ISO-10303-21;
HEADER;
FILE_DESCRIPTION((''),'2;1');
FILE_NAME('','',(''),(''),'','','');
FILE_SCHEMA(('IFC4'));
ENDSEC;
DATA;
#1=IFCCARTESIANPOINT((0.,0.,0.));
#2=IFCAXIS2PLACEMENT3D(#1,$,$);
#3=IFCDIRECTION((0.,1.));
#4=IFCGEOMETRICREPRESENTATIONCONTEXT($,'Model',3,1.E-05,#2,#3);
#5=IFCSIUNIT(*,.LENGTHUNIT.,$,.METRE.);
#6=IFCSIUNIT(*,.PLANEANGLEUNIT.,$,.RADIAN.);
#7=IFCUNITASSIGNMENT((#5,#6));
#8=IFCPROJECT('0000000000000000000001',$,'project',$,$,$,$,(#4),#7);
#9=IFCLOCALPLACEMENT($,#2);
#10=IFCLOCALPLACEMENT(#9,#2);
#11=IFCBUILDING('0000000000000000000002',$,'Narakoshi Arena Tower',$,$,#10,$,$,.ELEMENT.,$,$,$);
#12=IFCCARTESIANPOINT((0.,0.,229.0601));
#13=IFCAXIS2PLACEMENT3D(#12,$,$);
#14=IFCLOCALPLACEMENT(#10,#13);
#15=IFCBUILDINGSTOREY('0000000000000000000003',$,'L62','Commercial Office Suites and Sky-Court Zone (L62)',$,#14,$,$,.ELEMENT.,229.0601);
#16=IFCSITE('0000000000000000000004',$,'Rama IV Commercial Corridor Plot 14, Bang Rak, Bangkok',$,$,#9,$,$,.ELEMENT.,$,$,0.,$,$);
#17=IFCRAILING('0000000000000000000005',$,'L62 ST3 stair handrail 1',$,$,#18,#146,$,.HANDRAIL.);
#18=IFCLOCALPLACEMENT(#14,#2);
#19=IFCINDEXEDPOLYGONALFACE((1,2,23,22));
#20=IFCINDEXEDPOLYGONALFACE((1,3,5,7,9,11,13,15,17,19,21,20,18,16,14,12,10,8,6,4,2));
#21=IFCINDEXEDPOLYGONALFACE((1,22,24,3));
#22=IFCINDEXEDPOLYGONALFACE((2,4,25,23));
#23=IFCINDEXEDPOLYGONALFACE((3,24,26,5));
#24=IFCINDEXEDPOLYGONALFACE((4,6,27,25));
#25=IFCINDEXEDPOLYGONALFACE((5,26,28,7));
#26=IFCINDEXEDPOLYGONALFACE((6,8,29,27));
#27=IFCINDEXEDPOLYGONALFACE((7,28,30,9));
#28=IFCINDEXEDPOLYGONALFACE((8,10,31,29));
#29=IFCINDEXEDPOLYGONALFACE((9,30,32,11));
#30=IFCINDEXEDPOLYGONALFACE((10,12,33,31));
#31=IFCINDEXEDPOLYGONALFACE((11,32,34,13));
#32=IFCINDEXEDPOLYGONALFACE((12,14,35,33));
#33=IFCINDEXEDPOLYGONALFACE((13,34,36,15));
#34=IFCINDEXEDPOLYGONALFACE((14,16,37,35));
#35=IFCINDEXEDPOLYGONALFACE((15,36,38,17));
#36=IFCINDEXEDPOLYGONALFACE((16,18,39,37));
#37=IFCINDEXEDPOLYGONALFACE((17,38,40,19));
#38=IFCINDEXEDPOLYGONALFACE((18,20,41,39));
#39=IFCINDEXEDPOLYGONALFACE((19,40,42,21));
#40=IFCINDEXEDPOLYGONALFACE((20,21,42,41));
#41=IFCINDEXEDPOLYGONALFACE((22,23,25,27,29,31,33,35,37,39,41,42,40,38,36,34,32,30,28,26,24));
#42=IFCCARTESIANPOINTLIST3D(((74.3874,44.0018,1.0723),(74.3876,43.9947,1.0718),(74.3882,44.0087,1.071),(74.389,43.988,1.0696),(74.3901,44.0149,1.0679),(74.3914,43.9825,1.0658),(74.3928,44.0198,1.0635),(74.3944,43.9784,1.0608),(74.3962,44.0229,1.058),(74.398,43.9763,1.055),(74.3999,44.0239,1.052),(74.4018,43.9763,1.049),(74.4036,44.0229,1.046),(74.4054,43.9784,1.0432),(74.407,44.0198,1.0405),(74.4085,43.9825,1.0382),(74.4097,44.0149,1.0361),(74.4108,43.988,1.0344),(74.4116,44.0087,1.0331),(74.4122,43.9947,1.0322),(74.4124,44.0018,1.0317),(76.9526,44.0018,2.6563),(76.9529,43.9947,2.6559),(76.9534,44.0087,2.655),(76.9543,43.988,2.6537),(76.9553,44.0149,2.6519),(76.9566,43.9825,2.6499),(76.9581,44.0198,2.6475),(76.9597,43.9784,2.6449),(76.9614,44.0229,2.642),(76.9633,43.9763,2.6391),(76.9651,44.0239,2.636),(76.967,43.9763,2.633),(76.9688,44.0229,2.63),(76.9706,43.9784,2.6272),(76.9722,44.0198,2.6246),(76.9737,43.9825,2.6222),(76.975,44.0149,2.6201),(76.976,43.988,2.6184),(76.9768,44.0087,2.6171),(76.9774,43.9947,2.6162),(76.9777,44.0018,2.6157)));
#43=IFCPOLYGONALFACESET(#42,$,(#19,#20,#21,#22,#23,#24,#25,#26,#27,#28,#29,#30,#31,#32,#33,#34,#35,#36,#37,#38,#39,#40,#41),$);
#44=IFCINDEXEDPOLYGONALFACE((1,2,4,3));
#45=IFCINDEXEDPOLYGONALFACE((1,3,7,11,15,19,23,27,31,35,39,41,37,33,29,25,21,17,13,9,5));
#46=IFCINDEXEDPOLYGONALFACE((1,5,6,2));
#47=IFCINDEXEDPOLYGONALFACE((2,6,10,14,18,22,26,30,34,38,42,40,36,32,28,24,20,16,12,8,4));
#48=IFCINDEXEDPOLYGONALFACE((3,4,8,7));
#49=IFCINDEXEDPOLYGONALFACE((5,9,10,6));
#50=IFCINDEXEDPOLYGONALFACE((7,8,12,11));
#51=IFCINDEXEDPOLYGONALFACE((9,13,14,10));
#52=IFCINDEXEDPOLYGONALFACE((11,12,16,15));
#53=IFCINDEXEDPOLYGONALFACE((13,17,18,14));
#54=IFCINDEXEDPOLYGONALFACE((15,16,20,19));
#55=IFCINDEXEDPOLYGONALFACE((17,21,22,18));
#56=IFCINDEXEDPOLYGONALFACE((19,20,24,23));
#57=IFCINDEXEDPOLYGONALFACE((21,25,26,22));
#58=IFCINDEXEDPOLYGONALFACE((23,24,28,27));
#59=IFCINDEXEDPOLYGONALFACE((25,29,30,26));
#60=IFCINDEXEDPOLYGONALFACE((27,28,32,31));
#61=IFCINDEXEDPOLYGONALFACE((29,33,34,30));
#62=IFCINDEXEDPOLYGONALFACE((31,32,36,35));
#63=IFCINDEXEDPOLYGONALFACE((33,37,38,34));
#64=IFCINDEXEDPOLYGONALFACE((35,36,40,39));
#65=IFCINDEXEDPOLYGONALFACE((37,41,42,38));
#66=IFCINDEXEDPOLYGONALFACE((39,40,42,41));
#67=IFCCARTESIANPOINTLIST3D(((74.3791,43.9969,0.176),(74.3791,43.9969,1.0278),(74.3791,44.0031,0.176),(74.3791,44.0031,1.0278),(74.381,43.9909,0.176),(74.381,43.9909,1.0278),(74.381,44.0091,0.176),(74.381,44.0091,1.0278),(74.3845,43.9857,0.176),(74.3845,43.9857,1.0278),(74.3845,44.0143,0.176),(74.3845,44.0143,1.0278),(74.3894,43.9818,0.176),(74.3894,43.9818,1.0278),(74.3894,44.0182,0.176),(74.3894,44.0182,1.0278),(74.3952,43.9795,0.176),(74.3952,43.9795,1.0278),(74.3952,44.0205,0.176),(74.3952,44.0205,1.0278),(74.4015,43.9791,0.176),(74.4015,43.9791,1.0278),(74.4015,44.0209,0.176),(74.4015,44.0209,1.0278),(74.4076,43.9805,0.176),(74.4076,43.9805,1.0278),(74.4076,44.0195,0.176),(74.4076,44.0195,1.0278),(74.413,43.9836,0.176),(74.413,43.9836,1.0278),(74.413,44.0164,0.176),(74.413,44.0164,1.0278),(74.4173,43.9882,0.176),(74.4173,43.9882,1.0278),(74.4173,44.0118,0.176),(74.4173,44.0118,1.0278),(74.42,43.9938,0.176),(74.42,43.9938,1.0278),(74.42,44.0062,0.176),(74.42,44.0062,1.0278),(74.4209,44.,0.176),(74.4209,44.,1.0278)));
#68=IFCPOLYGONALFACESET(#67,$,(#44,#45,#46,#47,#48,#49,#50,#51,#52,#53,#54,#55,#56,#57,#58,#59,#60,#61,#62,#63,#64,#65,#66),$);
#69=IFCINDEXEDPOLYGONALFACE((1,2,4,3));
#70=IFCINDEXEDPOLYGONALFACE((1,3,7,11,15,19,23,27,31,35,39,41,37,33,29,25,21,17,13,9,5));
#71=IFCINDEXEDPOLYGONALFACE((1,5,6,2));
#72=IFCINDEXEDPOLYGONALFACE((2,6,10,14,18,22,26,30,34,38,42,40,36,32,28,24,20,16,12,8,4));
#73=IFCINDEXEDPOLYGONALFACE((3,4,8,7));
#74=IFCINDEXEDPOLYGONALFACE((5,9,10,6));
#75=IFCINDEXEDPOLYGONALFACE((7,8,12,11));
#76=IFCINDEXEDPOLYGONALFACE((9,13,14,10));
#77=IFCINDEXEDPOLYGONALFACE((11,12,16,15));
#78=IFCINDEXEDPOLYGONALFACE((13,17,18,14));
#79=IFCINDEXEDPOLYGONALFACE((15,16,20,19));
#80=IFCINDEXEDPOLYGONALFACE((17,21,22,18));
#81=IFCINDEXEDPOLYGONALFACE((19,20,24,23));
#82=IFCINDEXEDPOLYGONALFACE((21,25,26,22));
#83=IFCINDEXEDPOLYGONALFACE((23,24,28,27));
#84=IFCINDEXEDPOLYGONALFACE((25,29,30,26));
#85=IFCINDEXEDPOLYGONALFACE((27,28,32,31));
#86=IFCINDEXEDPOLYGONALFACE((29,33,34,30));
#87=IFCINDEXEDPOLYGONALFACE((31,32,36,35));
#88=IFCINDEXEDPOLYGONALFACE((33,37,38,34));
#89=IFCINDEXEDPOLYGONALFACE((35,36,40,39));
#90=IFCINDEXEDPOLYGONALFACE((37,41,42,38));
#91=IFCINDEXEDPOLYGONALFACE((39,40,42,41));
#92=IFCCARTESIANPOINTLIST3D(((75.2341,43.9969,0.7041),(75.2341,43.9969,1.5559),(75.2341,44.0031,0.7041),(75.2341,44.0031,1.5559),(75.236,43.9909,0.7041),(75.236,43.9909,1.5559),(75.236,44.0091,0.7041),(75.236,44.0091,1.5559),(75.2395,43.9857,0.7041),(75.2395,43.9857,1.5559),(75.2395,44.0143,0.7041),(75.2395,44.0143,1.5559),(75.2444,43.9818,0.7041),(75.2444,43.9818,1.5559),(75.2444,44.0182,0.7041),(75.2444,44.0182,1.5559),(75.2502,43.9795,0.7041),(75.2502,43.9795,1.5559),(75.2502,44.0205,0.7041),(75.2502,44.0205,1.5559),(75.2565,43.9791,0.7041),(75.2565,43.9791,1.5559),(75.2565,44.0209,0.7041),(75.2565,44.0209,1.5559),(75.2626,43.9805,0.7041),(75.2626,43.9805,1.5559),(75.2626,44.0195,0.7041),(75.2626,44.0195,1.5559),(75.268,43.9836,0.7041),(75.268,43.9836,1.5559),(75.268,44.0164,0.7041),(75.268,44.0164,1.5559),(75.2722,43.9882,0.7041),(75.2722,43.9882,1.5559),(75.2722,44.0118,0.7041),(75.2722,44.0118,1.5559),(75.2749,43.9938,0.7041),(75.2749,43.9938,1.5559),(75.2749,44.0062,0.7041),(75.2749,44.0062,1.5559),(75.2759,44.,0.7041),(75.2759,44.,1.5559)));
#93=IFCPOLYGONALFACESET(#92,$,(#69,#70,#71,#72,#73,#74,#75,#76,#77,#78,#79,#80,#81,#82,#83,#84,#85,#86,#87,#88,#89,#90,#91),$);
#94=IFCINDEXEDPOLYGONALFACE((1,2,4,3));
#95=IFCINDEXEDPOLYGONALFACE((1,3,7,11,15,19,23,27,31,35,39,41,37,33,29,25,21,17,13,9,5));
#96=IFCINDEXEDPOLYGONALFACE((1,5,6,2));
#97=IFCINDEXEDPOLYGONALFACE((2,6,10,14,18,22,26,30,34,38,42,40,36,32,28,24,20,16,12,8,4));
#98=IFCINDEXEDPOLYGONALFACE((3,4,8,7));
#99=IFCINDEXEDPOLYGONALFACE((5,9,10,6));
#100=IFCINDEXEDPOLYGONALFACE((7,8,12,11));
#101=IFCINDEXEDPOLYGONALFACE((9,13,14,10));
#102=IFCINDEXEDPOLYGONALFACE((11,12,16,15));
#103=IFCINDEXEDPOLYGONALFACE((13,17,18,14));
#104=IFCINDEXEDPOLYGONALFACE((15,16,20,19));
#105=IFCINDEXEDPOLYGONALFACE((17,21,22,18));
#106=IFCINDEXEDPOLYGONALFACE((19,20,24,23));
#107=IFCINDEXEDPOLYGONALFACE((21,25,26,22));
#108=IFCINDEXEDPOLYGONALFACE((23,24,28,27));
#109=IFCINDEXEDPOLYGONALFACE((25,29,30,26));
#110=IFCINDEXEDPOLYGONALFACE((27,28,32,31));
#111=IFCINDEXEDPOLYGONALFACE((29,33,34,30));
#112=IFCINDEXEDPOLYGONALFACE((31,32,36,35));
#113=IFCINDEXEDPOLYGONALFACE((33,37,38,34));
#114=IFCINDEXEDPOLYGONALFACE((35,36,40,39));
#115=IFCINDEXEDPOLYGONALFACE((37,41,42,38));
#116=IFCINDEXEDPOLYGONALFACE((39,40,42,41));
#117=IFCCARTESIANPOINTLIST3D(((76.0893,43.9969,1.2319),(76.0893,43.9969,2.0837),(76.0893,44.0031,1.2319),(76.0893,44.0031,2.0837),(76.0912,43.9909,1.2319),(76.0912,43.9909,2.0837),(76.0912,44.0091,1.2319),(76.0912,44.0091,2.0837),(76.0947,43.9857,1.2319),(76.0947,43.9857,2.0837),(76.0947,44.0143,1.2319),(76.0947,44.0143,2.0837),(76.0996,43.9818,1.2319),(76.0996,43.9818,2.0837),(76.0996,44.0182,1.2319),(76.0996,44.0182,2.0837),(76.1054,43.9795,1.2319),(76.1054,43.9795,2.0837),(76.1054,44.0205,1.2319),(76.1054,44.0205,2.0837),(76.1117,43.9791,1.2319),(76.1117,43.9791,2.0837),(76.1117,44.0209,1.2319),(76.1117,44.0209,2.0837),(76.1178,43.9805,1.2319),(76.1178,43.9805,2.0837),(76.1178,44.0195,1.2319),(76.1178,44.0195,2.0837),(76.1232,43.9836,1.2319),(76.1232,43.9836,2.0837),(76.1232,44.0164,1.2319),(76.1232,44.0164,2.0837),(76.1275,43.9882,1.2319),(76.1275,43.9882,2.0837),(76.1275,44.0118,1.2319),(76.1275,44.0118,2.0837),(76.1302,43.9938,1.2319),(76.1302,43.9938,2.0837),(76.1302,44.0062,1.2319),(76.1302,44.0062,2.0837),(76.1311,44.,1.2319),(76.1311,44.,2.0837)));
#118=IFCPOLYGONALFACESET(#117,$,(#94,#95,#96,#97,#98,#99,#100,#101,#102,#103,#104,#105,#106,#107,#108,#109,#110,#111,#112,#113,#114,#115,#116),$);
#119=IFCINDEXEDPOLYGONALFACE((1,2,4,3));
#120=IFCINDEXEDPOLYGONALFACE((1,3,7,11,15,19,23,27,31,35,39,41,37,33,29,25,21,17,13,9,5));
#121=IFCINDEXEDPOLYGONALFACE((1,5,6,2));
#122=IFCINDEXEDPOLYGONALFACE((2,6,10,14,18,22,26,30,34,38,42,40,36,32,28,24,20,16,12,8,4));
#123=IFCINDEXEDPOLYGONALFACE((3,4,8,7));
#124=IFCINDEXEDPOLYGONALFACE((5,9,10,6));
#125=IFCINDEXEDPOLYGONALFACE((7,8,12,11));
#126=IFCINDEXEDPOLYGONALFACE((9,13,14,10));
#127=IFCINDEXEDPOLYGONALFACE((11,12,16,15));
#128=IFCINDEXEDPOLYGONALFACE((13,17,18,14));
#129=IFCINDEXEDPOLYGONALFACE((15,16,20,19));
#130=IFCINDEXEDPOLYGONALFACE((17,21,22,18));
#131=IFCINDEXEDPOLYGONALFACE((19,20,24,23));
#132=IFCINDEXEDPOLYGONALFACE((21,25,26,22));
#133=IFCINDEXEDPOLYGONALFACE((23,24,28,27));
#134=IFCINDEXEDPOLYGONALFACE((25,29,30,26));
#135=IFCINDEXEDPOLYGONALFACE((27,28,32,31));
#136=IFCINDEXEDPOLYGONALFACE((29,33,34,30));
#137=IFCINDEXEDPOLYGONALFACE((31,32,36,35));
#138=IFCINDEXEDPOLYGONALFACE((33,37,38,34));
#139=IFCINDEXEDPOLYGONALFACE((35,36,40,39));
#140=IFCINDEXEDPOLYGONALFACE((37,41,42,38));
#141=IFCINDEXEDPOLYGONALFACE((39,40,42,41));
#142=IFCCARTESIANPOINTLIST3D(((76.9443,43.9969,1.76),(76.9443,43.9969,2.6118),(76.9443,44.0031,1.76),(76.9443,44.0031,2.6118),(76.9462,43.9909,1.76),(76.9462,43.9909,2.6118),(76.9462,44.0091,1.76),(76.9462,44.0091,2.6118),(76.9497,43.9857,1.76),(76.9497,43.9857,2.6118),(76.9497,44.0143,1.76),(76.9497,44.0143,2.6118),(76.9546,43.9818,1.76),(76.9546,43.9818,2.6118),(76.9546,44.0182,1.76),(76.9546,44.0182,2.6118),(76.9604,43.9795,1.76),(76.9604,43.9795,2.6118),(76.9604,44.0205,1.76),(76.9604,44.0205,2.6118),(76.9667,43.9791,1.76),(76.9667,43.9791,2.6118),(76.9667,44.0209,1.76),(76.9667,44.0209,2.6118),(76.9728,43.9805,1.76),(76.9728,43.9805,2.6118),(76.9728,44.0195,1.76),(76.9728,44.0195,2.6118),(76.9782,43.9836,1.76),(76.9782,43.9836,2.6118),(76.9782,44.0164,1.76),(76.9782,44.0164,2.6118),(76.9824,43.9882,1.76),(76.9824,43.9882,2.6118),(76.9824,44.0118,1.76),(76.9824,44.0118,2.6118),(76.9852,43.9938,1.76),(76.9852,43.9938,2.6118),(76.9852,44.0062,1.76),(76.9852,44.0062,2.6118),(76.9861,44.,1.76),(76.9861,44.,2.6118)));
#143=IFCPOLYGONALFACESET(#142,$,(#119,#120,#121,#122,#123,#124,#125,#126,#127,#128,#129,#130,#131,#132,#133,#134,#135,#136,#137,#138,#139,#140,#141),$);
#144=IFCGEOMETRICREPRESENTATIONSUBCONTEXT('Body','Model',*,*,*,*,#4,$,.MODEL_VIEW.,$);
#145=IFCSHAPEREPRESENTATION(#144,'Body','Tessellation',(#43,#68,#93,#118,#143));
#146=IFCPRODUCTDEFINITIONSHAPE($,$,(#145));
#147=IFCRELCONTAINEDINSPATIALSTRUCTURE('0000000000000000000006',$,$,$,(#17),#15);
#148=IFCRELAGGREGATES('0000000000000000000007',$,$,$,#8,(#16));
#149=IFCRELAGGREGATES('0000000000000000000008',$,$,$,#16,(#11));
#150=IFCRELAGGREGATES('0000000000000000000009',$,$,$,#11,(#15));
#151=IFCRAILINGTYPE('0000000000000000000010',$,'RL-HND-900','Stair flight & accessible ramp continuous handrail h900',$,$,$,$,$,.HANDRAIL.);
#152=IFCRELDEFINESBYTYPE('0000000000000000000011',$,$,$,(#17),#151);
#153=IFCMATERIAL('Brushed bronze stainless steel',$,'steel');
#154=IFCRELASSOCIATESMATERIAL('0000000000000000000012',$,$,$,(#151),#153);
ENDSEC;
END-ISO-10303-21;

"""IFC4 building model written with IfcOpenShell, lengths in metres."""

from ifc_helpers import new_model, si_unit, direction, frame, origin, origin_2d, place, context, subcontext, project, spatial, circle, extrude, material, type_object, element, save


model = new_model("IFC4")

# Units and contexts
model_context = context("Model", 3, precision=1e-05, world=origin(), true_north=direction((0.0, 1.0)))
body_context = subcontext(model_context, "Body", "Model", "MODEL_VIEW")
ifc_project = project(units=[si_unit("LENGTHUNIT", "METRE"), si_unit("PLANEANGLEUNIT", "RADIAN")], contexts=[model_context])

# Site, building, storey
site_placement = place(None, origin())
site = spatial("IfcSite", under=ifc_project, at=site_placement, Name="Rama IV Commercial Corridor Plot 14, Bang Rak, Bangkok", CompositionType="ELEMENT", RefElevation=0.0)
building_placement = place(site_placement, origin())
building = spatial("IfcBuilding", under=site, at=building_placement, Name="Narakoshi Arena Tower", CompositionType="ELEMENT")
storey_placement = place(building_placement, frame((0.0, 0.0, 229.0601)))
storey = spatial("IfcBuildingStorey", under=building, at=storey_placement, Name="L62", Description="Commercial Office Suites and Sky-Court Zone (L62)", CompositionType="ELEMENT", Elevation=229.0601)

# Railing
ifc_material_1 = material(Name="Brushed bronze stainless steel", Category="steel")
railing_type_1 = type_object("IfcRailingType", Name="RL-HND-900", Description="Stair flight & accessible ramp continuous handrail h900", PredefinedType="HANDRAIL", material=ifc_material_1)
railing_1_placement = place(storey_placement, frame((74.3999, 44.0, 0.176)))
element("IfcRailing", 1, at=railing_1_placement, inside=storey, type_object=railing_type_1, Name="L62 ST3 stair handrail 1", PredefinedType="HANDRAIL", context=body_context, shape_type="SweptSolid", body=[
    extrude(circle(Radius=0.0239, at=origin_2d()), frame((0.0, 0.0, 0.876), z_axis=(0.850857, 0.0, 0.525398), x_axis=(0.0, 1.0, 0.0)), (0.0, 0.0, 1.0), 3.0149),
    extrude(circle(Radius=0.021, at=origin_2d()), origin(), (0.0, 0.0, 1.0), 0.8518),
    extrude(circle(Radius=0.021, at=origin_2d()), frame((0.855, 0.0, 0.5281)), (0.0, 0.0, 1.0), 0.8518),
    extrude(circle(Radius=0.021, at=origin_2d()), frame((1.7102, 0.0, 1.0559)), (0.0, 0.0, 1.0), 0.8518),
    extrude(circle(Radius=0.021, at=origin_2d()), frame((2.5652, 0.0, 1.584)), (0.0, 0.0, 1.0), 0.8518),
])

save(model, "model.ifc")
